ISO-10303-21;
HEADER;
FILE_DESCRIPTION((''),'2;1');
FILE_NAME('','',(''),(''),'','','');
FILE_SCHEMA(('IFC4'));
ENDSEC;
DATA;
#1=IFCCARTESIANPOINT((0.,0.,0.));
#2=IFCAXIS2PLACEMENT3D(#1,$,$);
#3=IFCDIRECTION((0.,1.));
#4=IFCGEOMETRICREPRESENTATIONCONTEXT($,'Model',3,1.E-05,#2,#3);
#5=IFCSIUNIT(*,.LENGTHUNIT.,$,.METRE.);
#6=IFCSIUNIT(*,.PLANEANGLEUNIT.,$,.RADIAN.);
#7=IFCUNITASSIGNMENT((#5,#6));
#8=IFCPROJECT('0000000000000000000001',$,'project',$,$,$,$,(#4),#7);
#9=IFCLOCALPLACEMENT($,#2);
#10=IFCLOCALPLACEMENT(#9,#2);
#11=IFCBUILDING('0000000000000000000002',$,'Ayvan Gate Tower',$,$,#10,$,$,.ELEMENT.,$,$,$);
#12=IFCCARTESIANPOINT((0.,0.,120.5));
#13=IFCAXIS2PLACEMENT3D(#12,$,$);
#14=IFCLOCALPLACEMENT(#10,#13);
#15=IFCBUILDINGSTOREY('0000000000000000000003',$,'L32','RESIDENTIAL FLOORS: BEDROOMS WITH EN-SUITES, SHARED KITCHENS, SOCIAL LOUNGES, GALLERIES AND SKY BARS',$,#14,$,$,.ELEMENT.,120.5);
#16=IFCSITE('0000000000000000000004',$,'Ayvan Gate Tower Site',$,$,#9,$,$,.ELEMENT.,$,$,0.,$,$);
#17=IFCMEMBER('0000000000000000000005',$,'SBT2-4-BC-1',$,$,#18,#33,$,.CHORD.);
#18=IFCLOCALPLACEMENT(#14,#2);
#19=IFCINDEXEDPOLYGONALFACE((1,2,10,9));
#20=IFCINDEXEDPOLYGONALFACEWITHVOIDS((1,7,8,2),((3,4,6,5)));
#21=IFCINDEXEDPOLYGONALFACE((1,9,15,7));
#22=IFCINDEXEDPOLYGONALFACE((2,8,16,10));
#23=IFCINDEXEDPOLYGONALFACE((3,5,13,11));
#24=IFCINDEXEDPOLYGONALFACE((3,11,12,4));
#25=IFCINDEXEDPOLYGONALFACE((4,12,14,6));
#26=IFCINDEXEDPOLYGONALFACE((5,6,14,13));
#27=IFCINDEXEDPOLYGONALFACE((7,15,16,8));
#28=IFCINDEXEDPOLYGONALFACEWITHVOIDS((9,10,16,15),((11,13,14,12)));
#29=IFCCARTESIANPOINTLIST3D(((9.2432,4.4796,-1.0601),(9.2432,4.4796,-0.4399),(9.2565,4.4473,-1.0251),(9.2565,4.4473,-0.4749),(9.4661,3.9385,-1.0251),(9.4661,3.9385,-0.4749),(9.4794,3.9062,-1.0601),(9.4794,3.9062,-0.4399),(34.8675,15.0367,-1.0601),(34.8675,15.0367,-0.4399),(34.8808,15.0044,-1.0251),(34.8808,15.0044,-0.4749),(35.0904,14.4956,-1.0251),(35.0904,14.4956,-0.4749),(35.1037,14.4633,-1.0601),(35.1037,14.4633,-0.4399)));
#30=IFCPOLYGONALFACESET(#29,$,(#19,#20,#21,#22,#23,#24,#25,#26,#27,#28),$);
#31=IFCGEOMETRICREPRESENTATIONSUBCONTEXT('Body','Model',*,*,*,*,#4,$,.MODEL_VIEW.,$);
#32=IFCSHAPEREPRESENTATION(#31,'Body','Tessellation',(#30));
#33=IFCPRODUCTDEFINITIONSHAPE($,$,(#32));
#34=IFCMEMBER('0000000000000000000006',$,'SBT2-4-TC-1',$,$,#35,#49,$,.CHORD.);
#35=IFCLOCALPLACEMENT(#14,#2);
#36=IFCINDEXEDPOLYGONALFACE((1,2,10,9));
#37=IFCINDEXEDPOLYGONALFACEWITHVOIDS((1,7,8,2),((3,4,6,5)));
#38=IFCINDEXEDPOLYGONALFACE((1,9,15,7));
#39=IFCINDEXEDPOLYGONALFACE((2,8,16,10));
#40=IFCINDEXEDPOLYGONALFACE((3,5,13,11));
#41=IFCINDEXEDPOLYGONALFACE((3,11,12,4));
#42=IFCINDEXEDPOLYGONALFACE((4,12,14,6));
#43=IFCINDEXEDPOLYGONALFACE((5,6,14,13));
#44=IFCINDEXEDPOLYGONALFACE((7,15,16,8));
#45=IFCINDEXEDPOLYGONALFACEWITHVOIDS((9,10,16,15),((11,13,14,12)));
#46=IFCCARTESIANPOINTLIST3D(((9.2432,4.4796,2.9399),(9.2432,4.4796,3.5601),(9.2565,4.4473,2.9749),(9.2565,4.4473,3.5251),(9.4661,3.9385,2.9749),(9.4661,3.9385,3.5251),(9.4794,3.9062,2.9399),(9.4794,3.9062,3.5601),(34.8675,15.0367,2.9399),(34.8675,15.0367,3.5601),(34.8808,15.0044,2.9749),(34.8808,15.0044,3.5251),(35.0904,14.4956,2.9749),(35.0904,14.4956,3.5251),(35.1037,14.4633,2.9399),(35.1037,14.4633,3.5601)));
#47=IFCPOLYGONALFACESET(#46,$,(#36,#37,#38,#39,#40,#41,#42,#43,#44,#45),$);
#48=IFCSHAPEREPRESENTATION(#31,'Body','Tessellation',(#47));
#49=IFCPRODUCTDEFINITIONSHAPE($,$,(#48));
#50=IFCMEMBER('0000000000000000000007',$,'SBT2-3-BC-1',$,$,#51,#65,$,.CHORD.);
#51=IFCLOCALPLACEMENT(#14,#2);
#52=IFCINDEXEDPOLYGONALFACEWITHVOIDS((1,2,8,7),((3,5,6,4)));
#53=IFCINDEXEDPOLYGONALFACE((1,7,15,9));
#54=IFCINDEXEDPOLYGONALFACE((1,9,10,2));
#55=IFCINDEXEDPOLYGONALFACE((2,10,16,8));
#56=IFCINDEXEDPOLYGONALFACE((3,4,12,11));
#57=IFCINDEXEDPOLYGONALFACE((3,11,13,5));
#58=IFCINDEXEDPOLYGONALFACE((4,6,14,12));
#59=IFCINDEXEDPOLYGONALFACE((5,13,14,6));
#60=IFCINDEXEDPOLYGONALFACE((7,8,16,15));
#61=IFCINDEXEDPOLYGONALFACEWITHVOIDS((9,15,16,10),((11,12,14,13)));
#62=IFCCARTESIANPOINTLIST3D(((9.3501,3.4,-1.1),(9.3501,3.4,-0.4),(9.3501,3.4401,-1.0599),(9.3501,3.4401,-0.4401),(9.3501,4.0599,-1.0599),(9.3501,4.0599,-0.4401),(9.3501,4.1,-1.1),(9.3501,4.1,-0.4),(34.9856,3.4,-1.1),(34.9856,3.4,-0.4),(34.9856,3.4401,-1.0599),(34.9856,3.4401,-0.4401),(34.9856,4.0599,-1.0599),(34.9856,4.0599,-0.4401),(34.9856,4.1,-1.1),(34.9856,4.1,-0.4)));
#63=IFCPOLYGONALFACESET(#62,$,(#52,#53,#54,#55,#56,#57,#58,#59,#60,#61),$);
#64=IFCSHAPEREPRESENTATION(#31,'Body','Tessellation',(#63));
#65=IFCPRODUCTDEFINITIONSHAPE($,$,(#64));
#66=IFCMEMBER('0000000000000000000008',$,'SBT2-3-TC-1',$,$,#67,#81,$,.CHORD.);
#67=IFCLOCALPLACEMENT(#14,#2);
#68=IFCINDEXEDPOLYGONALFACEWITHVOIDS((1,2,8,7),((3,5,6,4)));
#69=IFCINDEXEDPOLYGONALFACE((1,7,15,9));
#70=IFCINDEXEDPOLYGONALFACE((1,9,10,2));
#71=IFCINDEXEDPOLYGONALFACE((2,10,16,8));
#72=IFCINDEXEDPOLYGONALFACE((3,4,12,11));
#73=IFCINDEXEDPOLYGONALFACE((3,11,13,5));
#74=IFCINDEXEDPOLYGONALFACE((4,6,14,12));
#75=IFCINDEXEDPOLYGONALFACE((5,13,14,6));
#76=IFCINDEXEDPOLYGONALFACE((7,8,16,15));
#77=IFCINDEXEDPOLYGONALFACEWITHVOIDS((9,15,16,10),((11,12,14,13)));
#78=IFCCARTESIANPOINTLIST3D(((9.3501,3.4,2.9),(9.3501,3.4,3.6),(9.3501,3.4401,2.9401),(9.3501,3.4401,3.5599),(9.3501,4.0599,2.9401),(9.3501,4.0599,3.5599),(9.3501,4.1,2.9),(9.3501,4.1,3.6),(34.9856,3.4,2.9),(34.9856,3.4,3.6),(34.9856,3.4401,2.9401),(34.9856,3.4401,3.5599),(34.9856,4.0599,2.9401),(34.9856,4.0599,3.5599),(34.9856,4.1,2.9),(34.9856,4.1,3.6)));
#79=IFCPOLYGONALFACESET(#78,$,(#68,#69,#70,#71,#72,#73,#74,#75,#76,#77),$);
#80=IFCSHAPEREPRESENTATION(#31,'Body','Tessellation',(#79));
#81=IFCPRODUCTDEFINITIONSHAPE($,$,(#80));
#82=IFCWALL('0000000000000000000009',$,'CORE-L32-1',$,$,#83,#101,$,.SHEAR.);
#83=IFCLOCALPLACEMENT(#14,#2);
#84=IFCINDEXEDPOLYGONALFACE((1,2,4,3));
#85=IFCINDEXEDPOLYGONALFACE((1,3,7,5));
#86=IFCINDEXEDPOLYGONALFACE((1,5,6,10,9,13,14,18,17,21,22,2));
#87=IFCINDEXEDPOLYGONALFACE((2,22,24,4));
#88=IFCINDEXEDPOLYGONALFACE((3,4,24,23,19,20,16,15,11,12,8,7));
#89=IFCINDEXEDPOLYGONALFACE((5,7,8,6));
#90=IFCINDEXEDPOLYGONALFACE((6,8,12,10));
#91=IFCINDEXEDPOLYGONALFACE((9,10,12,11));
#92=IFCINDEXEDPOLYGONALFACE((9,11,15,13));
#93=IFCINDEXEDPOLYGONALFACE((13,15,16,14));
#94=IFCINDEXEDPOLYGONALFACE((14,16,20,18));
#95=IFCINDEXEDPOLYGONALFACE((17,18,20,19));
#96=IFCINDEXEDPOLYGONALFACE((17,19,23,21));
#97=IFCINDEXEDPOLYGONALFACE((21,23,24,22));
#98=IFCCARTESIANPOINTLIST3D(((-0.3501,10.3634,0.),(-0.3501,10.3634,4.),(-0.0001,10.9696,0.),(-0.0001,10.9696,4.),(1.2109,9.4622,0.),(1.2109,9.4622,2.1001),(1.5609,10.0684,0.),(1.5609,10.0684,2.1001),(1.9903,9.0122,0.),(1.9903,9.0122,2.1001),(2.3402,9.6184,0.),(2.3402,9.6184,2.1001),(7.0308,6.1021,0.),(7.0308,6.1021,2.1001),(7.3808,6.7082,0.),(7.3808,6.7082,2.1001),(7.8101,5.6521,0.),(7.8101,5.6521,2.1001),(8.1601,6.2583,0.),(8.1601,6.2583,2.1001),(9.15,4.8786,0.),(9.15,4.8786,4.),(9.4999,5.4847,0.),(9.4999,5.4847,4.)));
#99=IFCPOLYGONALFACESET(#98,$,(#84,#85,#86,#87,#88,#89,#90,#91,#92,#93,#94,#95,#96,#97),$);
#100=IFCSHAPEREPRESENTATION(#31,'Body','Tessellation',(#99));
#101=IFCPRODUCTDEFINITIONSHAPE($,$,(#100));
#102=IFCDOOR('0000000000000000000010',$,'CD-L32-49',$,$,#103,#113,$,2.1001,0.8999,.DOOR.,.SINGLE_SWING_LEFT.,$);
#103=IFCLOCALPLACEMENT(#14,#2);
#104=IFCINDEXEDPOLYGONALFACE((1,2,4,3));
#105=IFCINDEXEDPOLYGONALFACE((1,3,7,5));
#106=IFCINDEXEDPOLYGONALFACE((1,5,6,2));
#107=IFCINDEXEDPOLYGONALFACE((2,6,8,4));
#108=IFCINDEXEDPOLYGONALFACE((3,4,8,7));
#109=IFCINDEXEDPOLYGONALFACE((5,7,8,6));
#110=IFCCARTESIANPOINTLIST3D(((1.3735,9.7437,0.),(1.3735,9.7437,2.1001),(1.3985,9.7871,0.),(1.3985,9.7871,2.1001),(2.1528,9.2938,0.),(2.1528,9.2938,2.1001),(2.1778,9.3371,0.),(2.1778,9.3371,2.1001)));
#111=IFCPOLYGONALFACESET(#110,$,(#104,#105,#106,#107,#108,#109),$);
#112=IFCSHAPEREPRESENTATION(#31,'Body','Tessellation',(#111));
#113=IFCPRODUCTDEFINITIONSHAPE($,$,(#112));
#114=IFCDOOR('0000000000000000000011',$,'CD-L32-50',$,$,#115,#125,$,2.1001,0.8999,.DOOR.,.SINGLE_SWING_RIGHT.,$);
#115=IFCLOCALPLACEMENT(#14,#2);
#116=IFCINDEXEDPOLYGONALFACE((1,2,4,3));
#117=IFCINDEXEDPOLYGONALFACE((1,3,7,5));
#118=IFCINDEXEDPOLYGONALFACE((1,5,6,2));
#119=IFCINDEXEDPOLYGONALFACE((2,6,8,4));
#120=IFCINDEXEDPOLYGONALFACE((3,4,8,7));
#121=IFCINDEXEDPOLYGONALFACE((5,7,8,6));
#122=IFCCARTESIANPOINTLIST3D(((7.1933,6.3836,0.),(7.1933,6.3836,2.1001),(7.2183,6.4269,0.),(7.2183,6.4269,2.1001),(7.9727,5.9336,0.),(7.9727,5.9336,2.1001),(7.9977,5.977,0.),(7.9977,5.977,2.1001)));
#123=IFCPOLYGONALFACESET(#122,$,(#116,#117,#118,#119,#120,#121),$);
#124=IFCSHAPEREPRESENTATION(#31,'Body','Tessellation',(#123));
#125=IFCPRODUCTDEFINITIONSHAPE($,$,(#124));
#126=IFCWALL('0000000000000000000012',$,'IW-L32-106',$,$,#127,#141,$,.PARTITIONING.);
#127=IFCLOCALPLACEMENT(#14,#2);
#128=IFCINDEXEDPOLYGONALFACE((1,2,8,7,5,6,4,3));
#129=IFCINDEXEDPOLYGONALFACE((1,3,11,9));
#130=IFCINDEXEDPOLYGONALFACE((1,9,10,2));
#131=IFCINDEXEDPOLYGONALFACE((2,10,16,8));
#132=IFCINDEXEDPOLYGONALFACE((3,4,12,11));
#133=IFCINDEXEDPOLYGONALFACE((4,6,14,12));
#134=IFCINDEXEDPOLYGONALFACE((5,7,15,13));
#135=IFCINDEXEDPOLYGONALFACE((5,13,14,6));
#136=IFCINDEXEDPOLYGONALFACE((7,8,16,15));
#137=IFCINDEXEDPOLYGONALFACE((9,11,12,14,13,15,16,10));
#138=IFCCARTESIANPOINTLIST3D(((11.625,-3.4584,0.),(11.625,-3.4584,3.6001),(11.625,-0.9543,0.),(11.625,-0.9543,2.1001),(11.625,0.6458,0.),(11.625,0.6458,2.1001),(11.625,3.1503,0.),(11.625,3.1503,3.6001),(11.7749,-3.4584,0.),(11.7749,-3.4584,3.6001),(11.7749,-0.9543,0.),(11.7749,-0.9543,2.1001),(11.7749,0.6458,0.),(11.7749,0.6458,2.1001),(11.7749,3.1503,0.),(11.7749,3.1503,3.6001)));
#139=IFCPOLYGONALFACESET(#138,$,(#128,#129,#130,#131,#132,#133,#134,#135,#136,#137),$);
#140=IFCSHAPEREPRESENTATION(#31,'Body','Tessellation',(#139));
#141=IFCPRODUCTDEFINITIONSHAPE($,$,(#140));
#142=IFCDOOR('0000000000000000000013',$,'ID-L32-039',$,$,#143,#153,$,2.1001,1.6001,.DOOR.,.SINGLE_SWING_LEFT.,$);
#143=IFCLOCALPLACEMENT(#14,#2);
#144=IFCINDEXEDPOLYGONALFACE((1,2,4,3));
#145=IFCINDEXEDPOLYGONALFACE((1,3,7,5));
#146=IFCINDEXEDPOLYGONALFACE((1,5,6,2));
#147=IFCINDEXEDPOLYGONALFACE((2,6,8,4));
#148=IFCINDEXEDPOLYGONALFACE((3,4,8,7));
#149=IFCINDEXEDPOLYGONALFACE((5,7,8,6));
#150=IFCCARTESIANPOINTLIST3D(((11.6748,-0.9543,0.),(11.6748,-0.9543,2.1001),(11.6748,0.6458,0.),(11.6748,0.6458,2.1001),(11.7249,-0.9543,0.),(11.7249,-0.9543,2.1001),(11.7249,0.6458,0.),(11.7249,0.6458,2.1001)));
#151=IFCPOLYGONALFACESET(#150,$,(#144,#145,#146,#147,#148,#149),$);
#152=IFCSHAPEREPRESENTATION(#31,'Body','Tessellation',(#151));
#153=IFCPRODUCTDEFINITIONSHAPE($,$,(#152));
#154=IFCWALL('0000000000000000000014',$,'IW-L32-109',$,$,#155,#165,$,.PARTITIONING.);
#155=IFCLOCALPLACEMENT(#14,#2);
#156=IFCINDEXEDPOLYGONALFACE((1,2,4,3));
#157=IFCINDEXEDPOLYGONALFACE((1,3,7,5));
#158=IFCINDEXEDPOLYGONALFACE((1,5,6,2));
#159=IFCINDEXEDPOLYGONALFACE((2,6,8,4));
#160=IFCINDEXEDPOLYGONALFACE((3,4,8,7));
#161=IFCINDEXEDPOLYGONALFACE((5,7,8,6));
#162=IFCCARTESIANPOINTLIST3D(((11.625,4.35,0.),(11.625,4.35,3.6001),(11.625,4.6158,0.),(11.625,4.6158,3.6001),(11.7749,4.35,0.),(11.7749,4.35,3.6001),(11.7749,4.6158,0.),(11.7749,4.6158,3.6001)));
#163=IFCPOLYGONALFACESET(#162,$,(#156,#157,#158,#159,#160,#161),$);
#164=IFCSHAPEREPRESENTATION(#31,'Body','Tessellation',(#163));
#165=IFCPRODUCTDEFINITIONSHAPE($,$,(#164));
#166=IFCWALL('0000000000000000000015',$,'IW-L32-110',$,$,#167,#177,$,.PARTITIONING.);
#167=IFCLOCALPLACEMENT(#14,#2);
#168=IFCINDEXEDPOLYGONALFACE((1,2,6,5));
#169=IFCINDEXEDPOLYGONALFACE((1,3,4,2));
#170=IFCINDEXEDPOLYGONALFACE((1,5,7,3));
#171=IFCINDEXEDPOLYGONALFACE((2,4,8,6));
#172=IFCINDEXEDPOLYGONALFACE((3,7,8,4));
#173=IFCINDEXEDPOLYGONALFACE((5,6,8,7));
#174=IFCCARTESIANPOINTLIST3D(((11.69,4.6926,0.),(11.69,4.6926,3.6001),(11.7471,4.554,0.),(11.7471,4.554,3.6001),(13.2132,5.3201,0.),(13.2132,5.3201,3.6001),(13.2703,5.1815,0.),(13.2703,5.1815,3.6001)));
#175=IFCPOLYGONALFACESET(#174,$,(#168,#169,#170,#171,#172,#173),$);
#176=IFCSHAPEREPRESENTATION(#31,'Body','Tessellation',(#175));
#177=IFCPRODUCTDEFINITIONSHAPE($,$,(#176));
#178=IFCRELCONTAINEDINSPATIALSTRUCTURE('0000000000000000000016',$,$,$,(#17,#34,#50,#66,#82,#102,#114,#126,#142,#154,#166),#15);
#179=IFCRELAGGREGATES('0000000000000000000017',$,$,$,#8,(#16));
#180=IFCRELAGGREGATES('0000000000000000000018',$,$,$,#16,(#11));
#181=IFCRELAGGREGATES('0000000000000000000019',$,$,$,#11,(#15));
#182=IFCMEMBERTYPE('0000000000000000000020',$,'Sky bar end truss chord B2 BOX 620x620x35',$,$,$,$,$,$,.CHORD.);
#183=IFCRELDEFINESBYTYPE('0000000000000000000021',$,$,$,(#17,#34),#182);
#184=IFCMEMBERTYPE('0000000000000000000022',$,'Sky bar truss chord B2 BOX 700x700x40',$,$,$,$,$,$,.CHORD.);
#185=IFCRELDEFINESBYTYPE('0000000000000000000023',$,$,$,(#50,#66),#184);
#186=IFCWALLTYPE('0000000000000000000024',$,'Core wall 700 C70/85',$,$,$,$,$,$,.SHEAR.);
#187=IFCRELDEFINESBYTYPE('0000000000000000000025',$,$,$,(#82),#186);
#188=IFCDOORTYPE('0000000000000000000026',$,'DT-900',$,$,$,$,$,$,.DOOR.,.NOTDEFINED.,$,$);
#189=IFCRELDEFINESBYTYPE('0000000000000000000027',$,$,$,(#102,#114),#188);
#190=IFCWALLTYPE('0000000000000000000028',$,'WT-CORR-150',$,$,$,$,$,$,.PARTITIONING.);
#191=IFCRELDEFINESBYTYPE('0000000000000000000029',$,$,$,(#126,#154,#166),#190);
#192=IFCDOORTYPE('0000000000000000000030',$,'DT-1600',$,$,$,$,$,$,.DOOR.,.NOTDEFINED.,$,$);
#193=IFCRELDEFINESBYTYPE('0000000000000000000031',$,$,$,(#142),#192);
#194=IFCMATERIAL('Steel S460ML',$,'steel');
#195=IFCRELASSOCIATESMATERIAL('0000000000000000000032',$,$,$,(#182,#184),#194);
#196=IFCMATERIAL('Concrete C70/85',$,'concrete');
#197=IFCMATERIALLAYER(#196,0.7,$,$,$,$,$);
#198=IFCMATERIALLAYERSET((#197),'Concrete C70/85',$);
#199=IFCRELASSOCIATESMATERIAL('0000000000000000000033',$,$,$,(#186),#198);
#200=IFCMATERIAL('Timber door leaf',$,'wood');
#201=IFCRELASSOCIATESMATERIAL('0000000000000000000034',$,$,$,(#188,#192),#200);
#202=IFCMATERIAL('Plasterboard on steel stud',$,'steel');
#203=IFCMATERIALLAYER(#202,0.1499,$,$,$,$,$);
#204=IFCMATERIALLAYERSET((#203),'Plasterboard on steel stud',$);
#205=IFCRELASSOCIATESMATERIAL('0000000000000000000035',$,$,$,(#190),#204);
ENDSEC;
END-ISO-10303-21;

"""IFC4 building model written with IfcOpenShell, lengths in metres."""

from ifc_helpers import new_model, si_unit, direction, frame, frame_2d, origin, origin_2d, place, context, subcontext, project, spatial, rectangle, hollow_rectangle, extrude, material, layer, layer_set, material_profile, profile_set, type_object, element, fill, save


model = new_model("IFC4")

# Units and contexts
model_context = context("Model", 3, precision=1e-05, world=origin(), true_north=direction((0.0, 1.0)))
body_context = subcontext(model_context, "Body", "Model", "MODEL_VIEW")
ifc_project = project(units=[si_unit("LENGTHUNIT", "METRE"), si_unit("PLANEANGLEUNIT", "RADIAN")], contexts=[model_context])

# Site, building, storey
site_placement = place(None, origin())
site = spatial("IfcSite", under=ifc_project, at=site_placement, Name="Ayvan Gate Tower Site", CompositionType="ELEMENT", RefElevation=0.0)
building_placement = place(site_placement, origin())
building = spatial("IfcBuilding", under=site, at=building_placement, Name="Ayvan Gate Tower", CompositionType="ELEMENT")
storey_placement = place(building_placement, frame((0.0, 0.0, 120.5)))
storey = spatial("IfcBuildingStorey", under=building, at=storey_placement, Name="L32", Description="RESIDENTIAL FLOORS: BEDROOMS WITH EN-SUITES, SHARED KITCHENS, SOCIAL LOUNGES, GALLERIES AND SKY BARS", CompositionType="ELEMENT", Elevation=120.5)

# Members
ifc_material_1 = material(Name="Steel S460ML", Category="steel")
ifc_material_profile_1 = material_profile(ifc_material_1, hollow_rectangle(XDim=0.6201, YDim=0.6201, WallThickness=0.0349, at=origin_2d()), Name="BOX 620x620x35")
ifc_profile_set_1 = profile_set([ifc_material_profile_1], Name="Steel S460ML")
member_type_1 = type_object("IfcMemberType", Name="Sky bar end truss chord B2 BOX 620x620x35", PredefinedType="CHORD", material=ifc_profile_set_1)
for number, where, z_axis, x_axis, name in (
    (1, (9.3613, 4.1929, -0.75), (0.924602, 0.380934, 0.0), (-0.380934, 0.924602, 0.0), "SBT2-4-BC-1"),
    (2, (9.3613, 4.1929, 3.25), (0.924602, 0.380934, 0.0), (-0.380934, 0.924602, 0.0), "SBT2-4-TC-1"),
):
    element("IfcMember", number, at=place(storey_placement, frame(where, z_axis=z_axis, x_axis=x_axis)), inside=storey, type_object=member_type_1, Name=name, PredefinedType="CHORD", context=body_context, shape_type="SweptSolid", body=[
        extrude(hollow_rectangle(XDim=0.6201, YDim=0.6201, WallThickness=0.0349, at=origin_2d()), origin(), (0.0, 0.0, 1.0), 27.7139),
    ])
ifc_material_profile_2 = material_profile(ifc_material_1, hollow_rectangle(XDim=0.7, YDim=0.7, WallThickness=0.04, at=origin_2d()), Name="BOX 700x700x40")
ifc_profile_set_2 = profile_set([ifc_material_profile_2], Name="Steel S460ML")
member_type_2 = type_object("IfcMemberType", Name="Sky bar truss chord B2 BOX 700x700x40", PredefinedType="CHORD", material=ifc_profile_set_2)
for number, where, z_axis, x_axis, name in (
    (3, (9.3501, 3.75, -0.75), (1.0, 0.0, 0.0), (0.0, 1.0, 0.0), "SBT2-3-BC-1"),
    (4, (9.3501, 3.75, 3.25), (1.0, 0.0, 0.0), (0.0, 1.0, 0.0), "SBT2-3-TC-1"),
):
    element("IfcMember", number, at=place(storey_placement, frame(where, z_axis=z_axis, x_axis=x_axis)), inside=storey, type_object=member_type_2, Name=name, PredefinedType="CHORD", context=body_context, shape_type="SweptSolid", body=[
        extrude(hollow_rectangle(XDim=0.7, YDim=0.7, WallThickness=0.04, at=origin_2d()), origin(), (0.0, 0.0, 1.0), 25.6355),
    ])

# Wall, openings, doors
ifc_material_2 = material(Name="Concrete C70/85", Category="concrete")
ifc_layer_1 = layer(ifc_material_2, 0.7)
ifc_layer_set_1 = layer_set([ifc_layer_1], Name="Concrete C70/85")
wall_type_1 = type_object("IfcWallType", Name="Core wall 700 C70/85", PredefinedType="SHEAR", material=ifc_layer_set_1)
wall_1_placement = place(storey_placement, frame((9.325, 5.1816, 0.0), z_axis=(0.0, 0.0, 1.0), x_axis=(-0.866024, 0.500002, 0.0)))
wall_1 = element("IfcWall", 5, at=wall_1_placement, inside=storey, type_object=wall_type_1, Name="CORE-L32-1", PredefinedType="SHEAR", context=body_context, shape_type="SweptSolid", body=[
    extrude(rectangle(XDim=10.9697, YDim=0.7, at=frame_2d((5.4849, 0.0))), origin(), (0.0, 0.0, 1.0), 4.0),
])
opening_1_placement = place(wall_1_placement, frame((8.2673, 0.0, 0.0)))
opening_1 = element("IfcOpeningElement", 6, at=opening_1_placement, cuts=wall_1, PredefinedType="OPENING", context=body_context, shape_type="SweptSolid", body=[
    extrude(rectangle(XDim=0.8999, YDim=2.1001, at=frame_2d((0.45, 1.05))), frame((0.0, 0.3599, 0.0), z_axis=(0.0, -1.0, 0.0), x_axis=(1.0, 0.0, 0.0)), (0.0, 0.0, 1.0), 0.72),
])
opening_2_placement = place(wall_1_placement, frame((1.5471, 0.0, 0.0)))
opening_2 = element("IfcOpeningElement", 7, at=opening_2_placement, cuts=wall_1, PredefinedType="OPENING", context=body_context, shape_type="SweptSolid", body=[
    extrude(rectangle(XDim=0.8999, YDim=2.1001, at=frame_2d((0.45, 1.05))), frame((0.0, 0.3599, 0.0), z_axis=(0.0, -1.0, 0.0), x_axis=(1.0, 0.0, 0.0)), (0.0, 0.0, 1.0), 0.72),
])
ifc_material_3 = material(Name="Timber door leaf", Category="wood")
door_type_1 = type_object("IfcDoorType", Name="DT-900", OperationType="NOTDEFINED", PredefinedType="DOOR", material=ifc_material_3)
door_1_placement = place(opening_1_placement, origin())
door_1 = element("IfcDoor", 8, at=door_1_placement, inside=storey, type_object=door_type_1, Name="CD-L32-49", OperationType="SINGLE_SWING_LEFT", OverallHeight=2.1001, OverallWidth=0.8999, PredefinedType="DOOR", context=body_context, shape_type="SweptSolid", body=[
    extrude(rectangle(XDim=0.8999, YDim=2.1001, at=frame_2d((0.45, 1.05))), frame((0.0, 0.0249, 0.0), z_axis=(0.0, -1.0, 0.0), x_axis=(1.0, 0.0, 0.0)), (0.0, 0.0, 1.0), 0.05),
])
fill(opening_1, door_1)
door_2_placement = place(opening_2_placement, origin())
door_2 = element("IfcDoor", 9, at=door_2_placement, inside=storey, type_object=door_type_1, Name="CD-L32-50", OperationType="SINGLE_SWING_RIGHT", OverallHeight=2.1001, OverallWidth=0.8999, PredefinedType="DOOR", context=body_context, shape_type="SweptSolid", body=[
    extrude(rectangle(XDim=0.8999, YDim=2.1001, at=frame_2d((0.45, 1.05))), frame((0.0, 0.0249, 0.0), z_axis=(0.0, -1.0, 0.0), x_axis=(1.0, 0.0, 0.0)), (0.0, 0.0, 1.0), 0.05),
])
fill(opening_2, door_2)

# Wall, opening, door
ifc_material_4 = material(Name="Plasterboard on steel stud", Category="steel")
ifc_layer_2 = layer(ifc_material_4, 0.1499)
ifc_layer_set_2 = layer_set([ifc_layer_2], Name="Plasterboard on steel stud")
wall_type_2 = type_object("IfcWallType", Name="WT-CORR-150", PredefinedType="PARTITIONING", material=ifc_layer_set_2)
wall_2_placement = place(storey_placement, frame((11.7, 3.1501, 0.0), z_axis=(0.0, 0.0, 1.0), x_axis=(0.0, -1.0, 0.0)))
wall_2 = element("IfcWall", 10, at=wall_2_placement, inside=storey, type_object=wall_type_2, Name="IW-L32-106", PredefinedType="PARTITIONING", context=body_context, shape_type="SweptSolid", body=[
    extrude(rectangle(XDim=6.6086, YDim=0.1499, at=frame_2d((3.3042, 0.0))), origin(), (0.0, 0.0, 1.0), 3.6001),
])
opening_3_placement = place(wall_2_placement, frame((2.5044, 0.0, 0.0)))
opening_3 = element("IfcOpeningElement", 11, at=opening_3_placement, cuts=wall_2, PredefinedType="OPENING", context=body_context, shape_type="SweptSolid", body=[
    extrude(rectangle(XDim=1.6001, YDim=2.1001, at=frame_2d((0.8, 1.05))), frame((0.0, 0.085, 0.0), z_axis=(0.0, -1.0, 0.0), x_axis=(1.0, 0.0, 0.0)), (0.0, 0.0, 1.0), 0.1699),
])
door_type_2 = type_object("IfcDoorType", Name="DT-1600", OperationType="NOTDEFINED", PredefinedType="DOOR", material=ifc_material_3)
door_3_placement = place(opening_3_placement, origin())
door_3 = element("IfcDoor", 12, at=door_3_placement, inside=storey, type_object=door_type_2, Name="ID-L32-039", OperationType="SINGLE_SWING_LEFT", OverallHeight=2.1001, OverallWidth=1.6001, PredefinedType="DOOR", context=body_context, shape_type="SweptSolid", body=[
    extrude(rectangle(XDim=1.6001, YDim=2.1001, at=frame_2d((0.8, 1.05))), frame((0.0, 0.0249, 0.0), z_axis=(0.0, -1.0, 0.0), x_axis=(1.0, 0.0, 0.0)), (0.0, 0.0, 1.0), 0.05),
])
fill(opening_3, door_3)

# Walls
wall_3_placement = place(storey_placement, frame((11.7, 4.6157, 0.0), z_axis=(0.0, 0.0, 1.0), x_axis=(0.0, -1.0, 0.0)))
element("IfcWall", 13, at=wall_3_placement, inside=storey, type_object=wall_type_2, Name="IW-L32-109", PredefinedType="PARTITIONING", context=body_context, shape_type="SweptSolid", body=[
    extrude(rectangle(XDim=0.2659, YDim=0.1499, at=frame_2d((0.1328, 0.0))), origin(), (0.0, 0.0, 1.0), 3.6001),
])
wall_4_placement = place(storey_placement, frame((11.7185, 4.6233, 0.0), z_axis=(0.0, 0.0, 1.0), x_axis=(0.924626, 0.380877, 0.0)))
element("IfcWall", 14, at=wall_4_placement, inside=storey, type_object=wall_type_2, Name="IW-L32-110", PredefinedType="PARTITIONING", context=body_context, shape_type="SweptSolid", body=[
    extrude(rectangle(XDim=1.6475, YDim=0.1499, at=frame_2d((0.8237, 0.0))), origin(), (0.0, 0.0, 1.0), 3.6001),
])

save(model, "model.ifc")
